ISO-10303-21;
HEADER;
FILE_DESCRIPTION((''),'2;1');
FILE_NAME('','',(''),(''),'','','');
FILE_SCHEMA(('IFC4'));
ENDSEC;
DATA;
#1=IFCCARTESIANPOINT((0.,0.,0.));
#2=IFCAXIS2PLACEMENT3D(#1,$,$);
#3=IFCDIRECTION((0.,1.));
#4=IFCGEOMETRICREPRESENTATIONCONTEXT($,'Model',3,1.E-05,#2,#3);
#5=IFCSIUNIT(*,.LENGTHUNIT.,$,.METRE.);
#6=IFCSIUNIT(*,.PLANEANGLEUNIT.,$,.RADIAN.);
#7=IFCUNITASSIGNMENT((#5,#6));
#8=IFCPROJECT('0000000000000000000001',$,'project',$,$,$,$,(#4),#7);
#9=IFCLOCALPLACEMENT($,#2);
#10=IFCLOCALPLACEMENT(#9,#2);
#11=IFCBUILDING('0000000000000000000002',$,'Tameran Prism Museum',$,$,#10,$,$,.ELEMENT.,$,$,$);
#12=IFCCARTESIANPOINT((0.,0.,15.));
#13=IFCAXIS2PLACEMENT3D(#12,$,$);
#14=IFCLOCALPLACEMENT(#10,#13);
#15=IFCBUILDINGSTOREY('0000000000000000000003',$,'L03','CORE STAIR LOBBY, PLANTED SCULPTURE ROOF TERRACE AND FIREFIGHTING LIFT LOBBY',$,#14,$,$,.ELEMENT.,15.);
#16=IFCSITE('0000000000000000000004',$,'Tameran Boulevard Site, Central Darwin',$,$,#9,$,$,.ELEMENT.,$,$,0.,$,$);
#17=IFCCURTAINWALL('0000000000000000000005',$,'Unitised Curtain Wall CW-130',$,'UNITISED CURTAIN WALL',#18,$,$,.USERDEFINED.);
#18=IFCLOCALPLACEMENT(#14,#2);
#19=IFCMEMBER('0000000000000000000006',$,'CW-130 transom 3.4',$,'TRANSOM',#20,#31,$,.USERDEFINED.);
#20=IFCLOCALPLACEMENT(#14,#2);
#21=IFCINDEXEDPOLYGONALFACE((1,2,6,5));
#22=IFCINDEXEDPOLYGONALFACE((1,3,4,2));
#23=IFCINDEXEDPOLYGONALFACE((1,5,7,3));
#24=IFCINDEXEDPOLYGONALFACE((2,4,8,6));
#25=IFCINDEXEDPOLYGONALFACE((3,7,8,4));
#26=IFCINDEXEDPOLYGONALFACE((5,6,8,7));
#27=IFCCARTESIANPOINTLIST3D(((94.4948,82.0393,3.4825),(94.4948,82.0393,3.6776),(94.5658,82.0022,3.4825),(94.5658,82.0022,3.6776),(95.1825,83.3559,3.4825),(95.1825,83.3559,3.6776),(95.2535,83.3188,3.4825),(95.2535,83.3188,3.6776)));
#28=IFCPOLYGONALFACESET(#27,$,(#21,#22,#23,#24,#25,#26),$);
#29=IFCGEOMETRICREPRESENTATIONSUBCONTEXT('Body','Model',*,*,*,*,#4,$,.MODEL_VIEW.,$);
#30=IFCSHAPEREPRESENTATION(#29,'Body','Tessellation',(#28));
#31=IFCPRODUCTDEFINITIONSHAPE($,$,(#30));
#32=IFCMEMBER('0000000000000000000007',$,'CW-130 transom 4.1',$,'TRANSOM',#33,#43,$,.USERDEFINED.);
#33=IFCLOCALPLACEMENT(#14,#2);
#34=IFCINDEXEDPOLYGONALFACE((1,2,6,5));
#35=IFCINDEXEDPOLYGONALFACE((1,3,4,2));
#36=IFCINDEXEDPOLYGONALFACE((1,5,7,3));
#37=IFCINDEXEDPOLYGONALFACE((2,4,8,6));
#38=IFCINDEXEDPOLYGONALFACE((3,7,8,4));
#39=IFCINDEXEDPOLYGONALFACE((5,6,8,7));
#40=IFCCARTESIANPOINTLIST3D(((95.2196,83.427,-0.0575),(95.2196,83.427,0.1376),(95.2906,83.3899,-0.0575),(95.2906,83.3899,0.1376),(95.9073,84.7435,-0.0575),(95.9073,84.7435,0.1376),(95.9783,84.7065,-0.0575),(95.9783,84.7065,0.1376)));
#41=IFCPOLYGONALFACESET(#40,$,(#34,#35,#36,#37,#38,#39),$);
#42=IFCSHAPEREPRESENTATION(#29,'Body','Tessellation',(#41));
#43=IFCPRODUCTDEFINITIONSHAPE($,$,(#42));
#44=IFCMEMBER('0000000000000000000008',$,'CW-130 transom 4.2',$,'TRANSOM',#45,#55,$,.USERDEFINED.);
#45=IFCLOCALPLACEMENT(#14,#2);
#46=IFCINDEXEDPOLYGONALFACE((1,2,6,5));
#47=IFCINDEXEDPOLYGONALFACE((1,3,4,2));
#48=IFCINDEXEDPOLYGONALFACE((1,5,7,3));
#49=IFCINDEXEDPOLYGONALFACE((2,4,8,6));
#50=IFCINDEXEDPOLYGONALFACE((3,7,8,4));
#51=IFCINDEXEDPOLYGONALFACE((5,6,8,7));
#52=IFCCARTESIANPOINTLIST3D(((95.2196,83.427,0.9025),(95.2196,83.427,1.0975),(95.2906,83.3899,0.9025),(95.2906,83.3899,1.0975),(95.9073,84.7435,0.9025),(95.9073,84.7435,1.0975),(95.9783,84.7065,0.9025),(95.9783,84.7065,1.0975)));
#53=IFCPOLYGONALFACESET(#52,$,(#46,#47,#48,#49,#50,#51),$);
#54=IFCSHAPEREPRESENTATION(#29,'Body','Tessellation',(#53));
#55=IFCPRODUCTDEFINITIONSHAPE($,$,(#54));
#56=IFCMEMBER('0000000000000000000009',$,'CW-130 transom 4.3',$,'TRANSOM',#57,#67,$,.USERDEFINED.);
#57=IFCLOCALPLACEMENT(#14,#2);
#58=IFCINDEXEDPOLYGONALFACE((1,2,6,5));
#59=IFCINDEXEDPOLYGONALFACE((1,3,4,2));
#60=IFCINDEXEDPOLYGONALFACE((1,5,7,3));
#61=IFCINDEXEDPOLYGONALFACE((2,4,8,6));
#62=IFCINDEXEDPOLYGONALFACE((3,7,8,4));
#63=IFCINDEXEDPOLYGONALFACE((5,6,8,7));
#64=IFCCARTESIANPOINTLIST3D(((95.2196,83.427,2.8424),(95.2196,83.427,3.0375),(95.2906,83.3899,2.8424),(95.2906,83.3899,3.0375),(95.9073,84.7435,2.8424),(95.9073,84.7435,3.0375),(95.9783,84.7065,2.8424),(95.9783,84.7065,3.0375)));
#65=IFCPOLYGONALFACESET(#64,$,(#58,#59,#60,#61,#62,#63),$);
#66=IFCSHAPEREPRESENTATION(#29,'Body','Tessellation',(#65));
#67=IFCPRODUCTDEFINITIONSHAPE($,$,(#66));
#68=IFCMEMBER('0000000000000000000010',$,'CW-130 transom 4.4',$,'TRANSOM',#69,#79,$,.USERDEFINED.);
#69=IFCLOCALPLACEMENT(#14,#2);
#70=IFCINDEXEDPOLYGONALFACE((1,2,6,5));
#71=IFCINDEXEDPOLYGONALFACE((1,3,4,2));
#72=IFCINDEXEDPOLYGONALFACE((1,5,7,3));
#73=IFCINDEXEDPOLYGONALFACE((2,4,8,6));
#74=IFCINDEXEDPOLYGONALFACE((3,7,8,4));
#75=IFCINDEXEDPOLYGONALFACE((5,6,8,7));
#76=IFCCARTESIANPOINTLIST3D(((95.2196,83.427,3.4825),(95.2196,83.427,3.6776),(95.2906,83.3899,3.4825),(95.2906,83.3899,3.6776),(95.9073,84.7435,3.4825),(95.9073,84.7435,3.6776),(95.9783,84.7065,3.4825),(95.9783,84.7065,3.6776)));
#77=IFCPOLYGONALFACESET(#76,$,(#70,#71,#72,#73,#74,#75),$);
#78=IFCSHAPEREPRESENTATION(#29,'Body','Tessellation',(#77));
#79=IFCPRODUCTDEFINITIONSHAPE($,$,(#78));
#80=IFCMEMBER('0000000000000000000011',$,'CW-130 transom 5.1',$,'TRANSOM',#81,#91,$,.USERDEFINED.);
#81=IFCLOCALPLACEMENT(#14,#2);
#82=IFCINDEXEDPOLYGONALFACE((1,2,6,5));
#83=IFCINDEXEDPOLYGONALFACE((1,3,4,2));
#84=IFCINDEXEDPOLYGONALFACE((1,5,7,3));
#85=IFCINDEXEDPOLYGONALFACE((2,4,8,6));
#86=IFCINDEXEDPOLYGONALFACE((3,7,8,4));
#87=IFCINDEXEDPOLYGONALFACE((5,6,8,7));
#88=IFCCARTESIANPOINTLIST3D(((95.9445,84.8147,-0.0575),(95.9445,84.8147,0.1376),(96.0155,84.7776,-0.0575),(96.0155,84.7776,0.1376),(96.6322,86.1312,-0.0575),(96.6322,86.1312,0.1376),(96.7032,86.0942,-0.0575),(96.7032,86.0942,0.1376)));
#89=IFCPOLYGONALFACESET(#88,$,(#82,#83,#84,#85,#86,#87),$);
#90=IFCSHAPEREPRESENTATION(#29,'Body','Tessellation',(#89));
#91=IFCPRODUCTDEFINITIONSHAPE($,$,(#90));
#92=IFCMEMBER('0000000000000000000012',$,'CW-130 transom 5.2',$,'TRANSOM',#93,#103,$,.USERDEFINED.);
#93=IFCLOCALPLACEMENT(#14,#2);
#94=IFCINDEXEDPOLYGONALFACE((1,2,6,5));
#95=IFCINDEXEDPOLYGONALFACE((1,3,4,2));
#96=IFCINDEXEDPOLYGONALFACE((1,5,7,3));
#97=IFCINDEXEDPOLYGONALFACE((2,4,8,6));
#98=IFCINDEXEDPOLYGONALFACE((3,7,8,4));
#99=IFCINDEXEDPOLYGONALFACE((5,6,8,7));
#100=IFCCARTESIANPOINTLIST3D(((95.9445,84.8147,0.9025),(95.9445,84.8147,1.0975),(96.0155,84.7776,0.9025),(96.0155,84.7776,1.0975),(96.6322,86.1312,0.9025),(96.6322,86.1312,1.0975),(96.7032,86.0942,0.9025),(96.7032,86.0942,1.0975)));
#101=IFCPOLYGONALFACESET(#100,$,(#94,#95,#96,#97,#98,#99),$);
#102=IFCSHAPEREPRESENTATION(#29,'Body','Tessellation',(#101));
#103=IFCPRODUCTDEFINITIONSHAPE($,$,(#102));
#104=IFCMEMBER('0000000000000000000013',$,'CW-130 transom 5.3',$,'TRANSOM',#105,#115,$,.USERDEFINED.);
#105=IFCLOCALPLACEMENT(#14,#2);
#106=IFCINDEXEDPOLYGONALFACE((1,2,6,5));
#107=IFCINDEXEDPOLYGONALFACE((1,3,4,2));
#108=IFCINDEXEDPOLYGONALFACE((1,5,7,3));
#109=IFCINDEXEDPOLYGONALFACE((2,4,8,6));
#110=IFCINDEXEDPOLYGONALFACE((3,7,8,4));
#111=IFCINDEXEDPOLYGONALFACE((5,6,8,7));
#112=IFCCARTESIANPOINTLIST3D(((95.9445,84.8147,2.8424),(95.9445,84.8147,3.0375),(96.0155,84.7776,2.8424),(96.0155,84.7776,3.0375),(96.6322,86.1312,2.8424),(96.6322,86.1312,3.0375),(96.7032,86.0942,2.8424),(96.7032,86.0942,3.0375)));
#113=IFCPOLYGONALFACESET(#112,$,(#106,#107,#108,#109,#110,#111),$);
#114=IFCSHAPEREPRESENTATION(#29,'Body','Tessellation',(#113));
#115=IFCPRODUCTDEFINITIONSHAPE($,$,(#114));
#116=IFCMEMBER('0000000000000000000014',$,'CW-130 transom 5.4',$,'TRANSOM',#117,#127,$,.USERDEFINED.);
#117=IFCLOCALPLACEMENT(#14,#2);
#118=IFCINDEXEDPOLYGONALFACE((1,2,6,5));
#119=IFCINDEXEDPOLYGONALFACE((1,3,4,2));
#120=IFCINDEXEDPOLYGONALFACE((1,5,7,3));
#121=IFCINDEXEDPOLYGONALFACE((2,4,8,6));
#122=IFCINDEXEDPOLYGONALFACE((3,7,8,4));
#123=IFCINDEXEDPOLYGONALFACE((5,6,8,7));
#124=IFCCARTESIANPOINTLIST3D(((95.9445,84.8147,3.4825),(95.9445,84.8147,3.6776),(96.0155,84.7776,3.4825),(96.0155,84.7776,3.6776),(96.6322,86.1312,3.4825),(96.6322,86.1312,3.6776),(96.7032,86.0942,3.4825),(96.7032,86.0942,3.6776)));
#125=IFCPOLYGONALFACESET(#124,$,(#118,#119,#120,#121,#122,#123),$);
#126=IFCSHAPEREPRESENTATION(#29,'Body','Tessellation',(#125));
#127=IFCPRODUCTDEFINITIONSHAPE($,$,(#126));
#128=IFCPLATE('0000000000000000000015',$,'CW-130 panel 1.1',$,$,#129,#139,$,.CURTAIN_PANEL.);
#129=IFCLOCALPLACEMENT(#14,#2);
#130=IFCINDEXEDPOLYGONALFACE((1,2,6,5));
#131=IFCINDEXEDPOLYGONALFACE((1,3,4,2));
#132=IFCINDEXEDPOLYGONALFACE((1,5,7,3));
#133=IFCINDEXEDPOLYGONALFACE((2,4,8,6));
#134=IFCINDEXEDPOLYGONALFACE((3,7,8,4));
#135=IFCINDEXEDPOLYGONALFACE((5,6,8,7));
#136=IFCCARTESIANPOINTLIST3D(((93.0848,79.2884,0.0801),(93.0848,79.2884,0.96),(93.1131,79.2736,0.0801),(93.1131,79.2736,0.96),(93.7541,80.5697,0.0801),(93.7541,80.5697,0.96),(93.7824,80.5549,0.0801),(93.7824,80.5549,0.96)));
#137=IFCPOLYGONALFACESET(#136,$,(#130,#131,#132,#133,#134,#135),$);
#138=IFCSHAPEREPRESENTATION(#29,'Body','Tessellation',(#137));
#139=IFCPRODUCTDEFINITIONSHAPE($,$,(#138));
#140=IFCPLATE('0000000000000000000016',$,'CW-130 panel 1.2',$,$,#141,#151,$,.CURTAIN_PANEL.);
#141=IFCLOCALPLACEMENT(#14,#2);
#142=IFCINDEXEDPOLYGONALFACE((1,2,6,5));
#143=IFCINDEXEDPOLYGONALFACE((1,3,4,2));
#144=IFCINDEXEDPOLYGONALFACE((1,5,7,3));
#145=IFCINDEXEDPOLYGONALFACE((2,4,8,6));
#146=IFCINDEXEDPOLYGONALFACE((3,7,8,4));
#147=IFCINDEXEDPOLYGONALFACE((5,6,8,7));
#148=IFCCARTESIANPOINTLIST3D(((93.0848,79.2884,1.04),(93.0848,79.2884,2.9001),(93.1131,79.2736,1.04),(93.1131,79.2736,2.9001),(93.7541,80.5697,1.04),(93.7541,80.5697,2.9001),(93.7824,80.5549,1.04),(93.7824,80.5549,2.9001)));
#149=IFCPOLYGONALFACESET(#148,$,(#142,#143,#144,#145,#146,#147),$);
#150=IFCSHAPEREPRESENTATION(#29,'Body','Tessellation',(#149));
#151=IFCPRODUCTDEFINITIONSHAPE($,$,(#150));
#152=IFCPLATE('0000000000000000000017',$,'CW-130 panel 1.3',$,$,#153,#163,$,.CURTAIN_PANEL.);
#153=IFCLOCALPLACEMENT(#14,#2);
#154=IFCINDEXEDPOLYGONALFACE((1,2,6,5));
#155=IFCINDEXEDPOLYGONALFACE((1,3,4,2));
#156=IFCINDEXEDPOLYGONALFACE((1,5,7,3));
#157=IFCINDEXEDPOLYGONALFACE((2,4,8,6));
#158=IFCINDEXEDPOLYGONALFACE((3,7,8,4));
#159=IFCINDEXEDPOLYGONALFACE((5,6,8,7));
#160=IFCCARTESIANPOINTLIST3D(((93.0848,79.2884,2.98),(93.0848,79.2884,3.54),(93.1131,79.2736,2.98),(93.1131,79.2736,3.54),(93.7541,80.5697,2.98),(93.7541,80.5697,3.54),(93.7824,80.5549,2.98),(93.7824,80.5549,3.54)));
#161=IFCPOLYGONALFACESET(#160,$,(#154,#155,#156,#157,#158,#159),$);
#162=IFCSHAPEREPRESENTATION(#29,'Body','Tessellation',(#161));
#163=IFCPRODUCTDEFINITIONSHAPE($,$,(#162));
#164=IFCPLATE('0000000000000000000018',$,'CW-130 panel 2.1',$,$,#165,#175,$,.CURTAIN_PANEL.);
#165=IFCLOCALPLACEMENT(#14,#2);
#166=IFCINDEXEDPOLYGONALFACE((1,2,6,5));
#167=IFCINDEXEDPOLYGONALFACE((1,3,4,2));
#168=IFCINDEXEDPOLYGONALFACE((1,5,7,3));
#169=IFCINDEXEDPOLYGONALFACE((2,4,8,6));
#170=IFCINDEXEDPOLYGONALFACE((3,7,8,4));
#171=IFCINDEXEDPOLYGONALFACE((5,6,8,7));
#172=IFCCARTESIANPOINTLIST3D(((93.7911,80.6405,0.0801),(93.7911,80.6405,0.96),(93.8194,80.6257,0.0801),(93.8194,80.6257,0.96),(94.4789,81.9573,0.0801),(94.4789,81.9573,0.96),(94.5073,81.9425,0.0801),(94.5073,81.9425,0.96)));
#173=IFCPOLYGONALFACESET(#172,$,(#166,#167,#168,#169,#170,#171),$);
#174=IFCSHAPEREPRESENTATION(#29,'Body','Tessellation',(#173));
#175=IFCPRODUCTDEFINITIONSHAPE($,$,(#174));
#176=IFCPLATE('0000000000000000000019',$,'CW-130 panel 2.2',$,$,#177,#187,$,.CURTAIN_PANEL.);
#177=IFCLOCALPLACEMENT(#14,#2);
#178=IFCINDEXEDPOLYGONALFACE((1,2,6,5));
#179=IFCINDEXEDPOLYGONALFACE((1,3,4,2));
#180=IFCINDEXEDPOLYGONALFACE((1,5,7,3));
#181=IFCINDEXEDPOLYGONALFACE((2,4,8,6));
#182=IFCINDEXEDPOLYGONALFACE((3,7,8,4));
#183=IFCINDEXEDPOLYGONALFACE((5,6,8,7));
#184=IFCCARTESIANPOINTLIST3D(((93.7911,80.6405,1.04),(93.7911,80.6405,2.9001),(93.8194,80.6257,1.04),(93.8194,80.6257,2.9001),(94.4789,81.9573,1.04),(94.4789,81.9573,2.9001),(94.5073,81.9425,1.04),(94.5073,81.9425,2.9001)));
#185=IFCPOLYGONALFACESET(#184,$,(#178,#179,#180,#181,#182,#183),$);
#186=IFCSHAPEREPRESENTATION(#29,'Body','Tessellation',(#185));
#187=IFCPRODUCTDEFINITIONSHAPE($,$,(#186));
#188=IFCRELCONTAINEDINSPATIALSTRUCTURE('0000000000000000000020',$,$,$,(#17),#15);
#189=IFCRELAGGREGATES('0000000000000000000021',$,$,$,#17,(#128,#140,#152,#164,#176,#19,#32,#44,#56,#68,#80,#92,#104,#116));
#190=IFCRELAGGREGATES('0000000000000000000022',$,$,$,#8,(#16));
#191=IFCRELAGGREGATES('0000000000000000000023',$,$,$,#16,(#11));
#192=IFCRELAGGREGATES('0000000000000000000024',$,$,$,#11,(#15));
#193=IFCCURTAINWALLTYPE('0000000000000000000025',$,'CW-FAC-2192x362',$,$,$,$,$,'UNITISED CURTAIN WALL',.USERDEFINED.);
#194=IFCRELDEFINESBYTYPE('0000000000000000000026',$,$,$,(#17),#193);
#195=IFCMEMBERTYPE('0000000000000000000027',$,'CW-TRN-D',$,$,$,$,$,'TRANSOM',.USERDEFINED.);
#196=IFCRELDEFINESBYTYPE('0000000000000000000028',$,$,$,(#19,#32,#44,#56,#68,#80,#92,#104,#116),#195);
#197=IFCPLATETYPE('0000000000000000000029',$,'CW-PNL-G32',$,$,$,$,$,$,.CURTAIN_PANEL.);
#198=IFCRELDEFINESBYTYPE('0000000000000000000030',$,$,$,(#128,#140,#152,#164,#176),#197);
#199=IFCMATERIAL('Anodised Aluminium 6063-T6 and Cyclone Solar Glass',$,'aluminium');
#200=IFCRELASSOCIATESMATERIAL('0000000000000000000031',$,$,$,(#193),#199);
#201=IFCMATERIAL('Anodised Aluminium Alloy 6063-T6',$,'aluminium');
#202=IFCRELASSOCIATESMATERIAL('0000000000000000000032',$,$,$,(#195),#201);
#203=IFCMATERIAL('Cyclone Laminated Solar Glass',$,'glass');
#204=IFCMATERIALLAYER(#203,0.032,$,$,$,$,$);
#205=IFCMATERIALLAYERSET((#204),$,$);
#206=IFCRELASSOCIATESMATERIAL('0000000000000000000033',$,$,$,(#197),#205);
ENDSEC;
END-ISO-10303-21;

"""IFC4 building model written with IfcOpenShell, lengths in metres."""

from ifc_helpers import new_model, si_unit, direction, frame, origin, origin_2d, place, context, subcontext, project, spatial, rectangle, extrude, material, layer, layer_set, material_profile, profile_set, type_object, element, aggregate, save


model = new_model("IFC4")

# Units and contexts
model_context = context("Model", 3, precision=1e-05, world=origin(), true_north=direction((0.0, 1.0)))
body_context = subcontext(model_context, "Body", "Model", "MODEL_VIEW")
ifc_project = project(units=[si_unit("LENGTHUNIT", "METRE"), si_unit("PLANEANGLEUNIT", "RADIAN")], contexts=[model_context])

# Site, building, storey
site_placement = place(None, origin())
site = spatial("IfcSite", under=ifc_project, at=site_placement, Name="Tameran Boulevard Site, Central Darwin", CompositionType="ELEMENT", RefElevation=0.0)
building_placement = place(site_placement, origin())
building = spatial("IfcBuilding", under=site, at=building_placement, Name="Tameran Prism Museum", CompositionType="ELEMENT")
storey_placement = place(building_placement, frame((0.0, 0.0, 15.0)))
storey = spatial("IfcBuildingStorey", under=building, at=storey_placement, Name="L03", Description="CORE STAIR LOBBY, PLANTED SCULPTURE ROOF TERRACE AND FIREFIGHTING LIFT LOBBY", CompositionType="ELEMENT", Elevation=15.0)

# Curtain wall, members, plates
ifc_material_1 = material(Name="Anodised Aluminium 6063-T6 and Cyclone Solar Glass", Category="aluminium")
curtain_wall_type = type_object("IfcCurtainWallType", Name="CW-FAC-2192x362", ElementType="UNITISED CURTAIN WALL", PredefinedType="USERDEFINED", material=ifc_material_1)
curtain_wall_placement = place(storey_placement, origin())
curtain_wall = element("IfcCurtainWall", 1, at=curtain_wall_placement, inside=storey, type_object=curtain_wall_type, Name="Unitised Curtain Wall CW-130", ObjectType="UNITISED CURTAIN WALL", PredefinedType="USERDEFINED")
ifc_material_2 = material(Name="Anodised Aluminium Alloy 6063-T6", Category="aluminium")
ifc_material_profile_1 = material_profile(ifc_material_2, rectangle(XDim=0.0801, YDim=0.1951, at=origin_2d()))
ifc_profile_set_1 = profile_set([ifc_material_profile_1])
member_type_1 = type_object("IfcMemberType", Name="CW-TRN-D", ElementType="TRANSOM", PredefinedType="USERDEFINED", material=ifc_profile_set_1)
member_1_placement = place(storey_placement, frame((94.5303, 82.0208, 3.5801), z_axis=(0.462987, 0.886365, 0.0), x_axis=(-0.886365, 0.462987, 0.0)))
member_1 = element("IfcMember", 2, at=member_1_placement, type_object=member_type_1, Name="CW-130 transom 3.4", ObjectType="TRANSOM", PredefinedType="USERDEFINED", context=body_context, shape_type="SweptSolid", body=[
    extrude(rectangle(XDim=0.0801, YDim=0.1951, at=origin_2d()), origin(), (0.0, 0.0, 1.0), 1.4854),
])
member_2_placement = place(storey_placement, frame((95.2551, 83.4084, 0.04), z_axis=(0.462987, 0.886365, 0.0), x_axis=(-0.886365, 0.462987, 0.0)))
member_2 = element("IfcMember", 3, at=member_2_placement, type_object=member_type_1, Name="CW-130 transom 4.1", ObjectType="TRANSOM", PredefinedType="USERDEFINED", context=body_context, shape_type="SweptSolid", body=[
    extrude(rectangle(XDim=0.0801, YDim=0.1951, at=origin_2d()), origin(), (0.0, 0.0, 1.0), 1.4854),
])
member_3_placement = place(storey_placement, frame((95.2551, 83.4084, 1.0), z_axis=(0.462987, 0.886365, 0.0), x_axis=(-0.886365, 0.462987, 0.0)))
member_3 = element("IfcMember", 4, at=member_3_placement, type_object=member_type_1, Name="CW-130 transom 4.2", ObjectType="TRANSOM", PredefinedType="USERDEFINED", context=body_context, shape_type="SweptSolid", body=[
    extrude(rectangle(XDim=0.0801, YDim=0.1951, at=origin_2d()), origin(), (0.0, 0.0, 1.0), 1.4854),
])
member_4_placement = place(storey_placement, frame((95.2551, 83.4084, 2.9399), z_axis=(0.462987, 0.886365, 0.0), x_axis=(-0.886365, 0.462987, 0.0)))
member_4 = element("IfcMember", 5, at=member_4_placement, type_object=member_type_1, Name="CW-130 transom 4.3", ObjectType="TRANSOM", PredefinedType="USERDEFINED", context=body_context, shape_type="SweptSolid", body=[
    extrude(rectangle(XDim=0.0801, YDim=0.1951, at=origin_2d()), origin(), (0.0, 0.0, 1.0), 1.4854),
])
member_5_placement = place(storey_placement, frame((95.2551, 83.4084, 3.5801), z_axis=(0.462987, 0.886365, 0.0), x_axis=(-0.886365, 0.462987, 0.0)))
member_5 = element("IfcMember", 6, at=member_5_placement, type_object=member_type_1, Name="CW-130 transom 4.4", ObjectType="TRANSOM", PredefinedType="USERDEFINED", context=body_context, shape_type="SweptSolid", body=[
    extrude(rectangle(XDim=0.0801, YDim=0.1951, at=origin_2d()), origin(), (0.0, 0.0, 1.0), 1.4854),
])
member_6_placement = place(storey_placement, frame((95.98, 84.7961, 0.04), z_axis=(0.462987, 0.886365, 0.0), x_axis=(-0.886365, 0.462987, 0.0)))
member_6 = element("IfcMember", 7, at=member_6_placement, type_object=member_type_1, Name="CW-130 transom 5.1", ObjectType="TRANSOM", PredefinedType="USERDEFINED", context=body_context, shape_type="SweptSolid", body=[
    extrude(rectangle(XDim=0.0801, YDim=0.1951, at=origin_2d()), origin(), (0.0, 0.0, 1.0), 1.4854),
])
member_7_placement = place(storey_placement, frame((95.98, 84.7961, 1.0), z_axis=(0.462987, 0.886365, 0.0), x_axis=(-0.886365, 0.462987, 0.0)))
member_7 = element("IfcMember", 8, at=member_7_placement, type_object=member_type_1, Name="CW-130 transom 5.2", ObjectType="TRANSOM", PredefinedType="USERDEFINED", context=body_context, shape_type="SweptSolid", body=[
    extrude(rectangle(XDim=0.0801, YDim=0.1951, at=origin_2d()), origin(), (0.0, 0.0, 1.0), 1.4854),
])
member_8_placement = place(storey_placement, frame((95.98, 84.7961, 2.9399), z_axis=(0.462987, 0.886365, 0.0), x_axis=(-0.886365, 0.462987, 0.0)))
member_8 = element("IfcMember", 9, at=member_8_placement, type_object=member_type_1, Name="CW-130 transom 5.3", ObjectType="TRANSOM", PredefinedType="USERDEFINED", context=body_context, shape_type="SweptSolid", body=[
    extrude(rectangle(XDim=0.0801, YDim=0.1951, at=origin_2d()), origin(), (0.0, 0.0, 1.0), 1.4854),
])
member_9_placement = place(storey_placement, frame((95.98, 84.7961, 3.5801), z_axis=(0.462987, 0.886365, 0.0), x_axis=(-0.886365, 0.462987, 0.0)))
member_9 = element("IfcMember", 10, at=member_9_placement, type_object=member_type_1, Name="CW-130 transom 5.4", ObjectType="TRANSOM", PredefinedType="USERDEFINED", context=body_context, shape_type="SweptSolid", body=[
    extrude(rectangle(XDim=0.0801, YDim=0.1951, at=origin_2d()), origin(), (0.0, 0.0, 1.0), 1.4854),
])
ifc_material_3 = material(Name="Cyclone Laminated Solar Glass", Category="glass")
ifc_layer = layer(ifc_material_3, 0.032)
ifc_layer_set = layer_set([ifc_layer])
plate_type = type_object("IfcPlateType", Name="CW-PNL-G32", PredefinedType="CURTAIN_PANEL", material=ifc_layer_set)
plate_1_placement = place(storey_placement, frame((93.4336, 79.9216, 0.0801), z_axis=(0.0, 0.0, 1.0), x_axis=(0.463003, 0.886357, 0.0)))
plate_1 = element("IfcPlate", 11, at=plate_1_placement, type_object=plate_type, Name="CW-130 panel 1.1", PredefinedType="CURTAIN_PANEL", context=body_context, shape_type="SweptSolid", body=[
    extrude(rectangle(XDim=1.4456, YDim=0.032, at=origin_2d()), origin(), (0.0, 0.0, 1.0), 0.8799),
])
plate_2_placement = place(storey_placement, frame((93.4336, 79.9216, 1.04), z_axis=(0.0, 0.0, 1.0), x_axis=(0.463003, 0.886357, 0.0)))
plate_2 = element("IfcPlate", 12, at=plate_2_placement, type_object=plate_type, Name="CW-130 panel 1.2", PredefinedType="CURTAIN_PANEL", context=body_context, shape_type="SweptSolid", body=[
    extrude(rectangle(XDim=1.4456, YDim=0.032, at=origin_2d()), origin(), (0.0, 0.0, 1.0), 1.8601),
])
plate_3_placement = place(storey_placement, frame((93.4336, 79.9216, 2.98), z_axis=(0.0, 0.0, 1.0), x_axis=(0.463003, 0.886357, 0.0)))
plate_3 = element("IfcPlate", 13, at=plate_3_placement, type_object=plate_type, Name="CW-130 panel 1.3", PredefinedType="CURTAIN_PANEL", context=body_context, shape_type="SweptSolid", body=[
    extrude(rectangle(XDim=1.4456, YDim=0.032, at=origin_2d()), origin(), (0.0, 0.0, 1.0), 0.5601),
])
plate_4_placement = place(storey_placement, frame((94.1492, 81.2915, 0.0801), z_axis=(0.0, 0.0, 1.0), x_axis=(0.463003, 0.886357, 0.0)))
plate_4 = element("IfcPlate", 14, at=plate_4_placement, type_object=plate_type, Name="CW-130 panel 2.1", PredefinedType="CURTAIN_PANEL", context=body_context, shape_type="SweptSolid", body=[
    extrude(rectangle(XDim=1.4856, YDim=0.032, at=origin_2d()), origin(), (0.0, 0.0, 1.0), 0.8799),
])
plate_5_placement = place(storey_placement, frame((94.1492, 81.2915, 1.04), z_axis=(0.0, 0.0, 1.0), x_axis=(0.463003, 0.886357, 0.0)))
plate_5 = element("IfcPlate", 15, at=plate_5_placement, type_object=plate_type, Name="CW-130 panel 2.2", PredefinedType="CURTAIN_PANEL", context=body_context, shape_type="SweptSolid", body=[
    extrude(rectangle(XDim=1.4856, YDim=0.032, at=origin_2d()), origin(), (0.0, 0.0, 1.0), 1.8601),
])
aggregate(curtain_wall, [plate_1, plate_2, plate_3, plate_4, plate_5, member_1, member_2, member_3, member_4, member_5, member_6, member_7, member_8, member_9])

save(model, "model.ifc")
